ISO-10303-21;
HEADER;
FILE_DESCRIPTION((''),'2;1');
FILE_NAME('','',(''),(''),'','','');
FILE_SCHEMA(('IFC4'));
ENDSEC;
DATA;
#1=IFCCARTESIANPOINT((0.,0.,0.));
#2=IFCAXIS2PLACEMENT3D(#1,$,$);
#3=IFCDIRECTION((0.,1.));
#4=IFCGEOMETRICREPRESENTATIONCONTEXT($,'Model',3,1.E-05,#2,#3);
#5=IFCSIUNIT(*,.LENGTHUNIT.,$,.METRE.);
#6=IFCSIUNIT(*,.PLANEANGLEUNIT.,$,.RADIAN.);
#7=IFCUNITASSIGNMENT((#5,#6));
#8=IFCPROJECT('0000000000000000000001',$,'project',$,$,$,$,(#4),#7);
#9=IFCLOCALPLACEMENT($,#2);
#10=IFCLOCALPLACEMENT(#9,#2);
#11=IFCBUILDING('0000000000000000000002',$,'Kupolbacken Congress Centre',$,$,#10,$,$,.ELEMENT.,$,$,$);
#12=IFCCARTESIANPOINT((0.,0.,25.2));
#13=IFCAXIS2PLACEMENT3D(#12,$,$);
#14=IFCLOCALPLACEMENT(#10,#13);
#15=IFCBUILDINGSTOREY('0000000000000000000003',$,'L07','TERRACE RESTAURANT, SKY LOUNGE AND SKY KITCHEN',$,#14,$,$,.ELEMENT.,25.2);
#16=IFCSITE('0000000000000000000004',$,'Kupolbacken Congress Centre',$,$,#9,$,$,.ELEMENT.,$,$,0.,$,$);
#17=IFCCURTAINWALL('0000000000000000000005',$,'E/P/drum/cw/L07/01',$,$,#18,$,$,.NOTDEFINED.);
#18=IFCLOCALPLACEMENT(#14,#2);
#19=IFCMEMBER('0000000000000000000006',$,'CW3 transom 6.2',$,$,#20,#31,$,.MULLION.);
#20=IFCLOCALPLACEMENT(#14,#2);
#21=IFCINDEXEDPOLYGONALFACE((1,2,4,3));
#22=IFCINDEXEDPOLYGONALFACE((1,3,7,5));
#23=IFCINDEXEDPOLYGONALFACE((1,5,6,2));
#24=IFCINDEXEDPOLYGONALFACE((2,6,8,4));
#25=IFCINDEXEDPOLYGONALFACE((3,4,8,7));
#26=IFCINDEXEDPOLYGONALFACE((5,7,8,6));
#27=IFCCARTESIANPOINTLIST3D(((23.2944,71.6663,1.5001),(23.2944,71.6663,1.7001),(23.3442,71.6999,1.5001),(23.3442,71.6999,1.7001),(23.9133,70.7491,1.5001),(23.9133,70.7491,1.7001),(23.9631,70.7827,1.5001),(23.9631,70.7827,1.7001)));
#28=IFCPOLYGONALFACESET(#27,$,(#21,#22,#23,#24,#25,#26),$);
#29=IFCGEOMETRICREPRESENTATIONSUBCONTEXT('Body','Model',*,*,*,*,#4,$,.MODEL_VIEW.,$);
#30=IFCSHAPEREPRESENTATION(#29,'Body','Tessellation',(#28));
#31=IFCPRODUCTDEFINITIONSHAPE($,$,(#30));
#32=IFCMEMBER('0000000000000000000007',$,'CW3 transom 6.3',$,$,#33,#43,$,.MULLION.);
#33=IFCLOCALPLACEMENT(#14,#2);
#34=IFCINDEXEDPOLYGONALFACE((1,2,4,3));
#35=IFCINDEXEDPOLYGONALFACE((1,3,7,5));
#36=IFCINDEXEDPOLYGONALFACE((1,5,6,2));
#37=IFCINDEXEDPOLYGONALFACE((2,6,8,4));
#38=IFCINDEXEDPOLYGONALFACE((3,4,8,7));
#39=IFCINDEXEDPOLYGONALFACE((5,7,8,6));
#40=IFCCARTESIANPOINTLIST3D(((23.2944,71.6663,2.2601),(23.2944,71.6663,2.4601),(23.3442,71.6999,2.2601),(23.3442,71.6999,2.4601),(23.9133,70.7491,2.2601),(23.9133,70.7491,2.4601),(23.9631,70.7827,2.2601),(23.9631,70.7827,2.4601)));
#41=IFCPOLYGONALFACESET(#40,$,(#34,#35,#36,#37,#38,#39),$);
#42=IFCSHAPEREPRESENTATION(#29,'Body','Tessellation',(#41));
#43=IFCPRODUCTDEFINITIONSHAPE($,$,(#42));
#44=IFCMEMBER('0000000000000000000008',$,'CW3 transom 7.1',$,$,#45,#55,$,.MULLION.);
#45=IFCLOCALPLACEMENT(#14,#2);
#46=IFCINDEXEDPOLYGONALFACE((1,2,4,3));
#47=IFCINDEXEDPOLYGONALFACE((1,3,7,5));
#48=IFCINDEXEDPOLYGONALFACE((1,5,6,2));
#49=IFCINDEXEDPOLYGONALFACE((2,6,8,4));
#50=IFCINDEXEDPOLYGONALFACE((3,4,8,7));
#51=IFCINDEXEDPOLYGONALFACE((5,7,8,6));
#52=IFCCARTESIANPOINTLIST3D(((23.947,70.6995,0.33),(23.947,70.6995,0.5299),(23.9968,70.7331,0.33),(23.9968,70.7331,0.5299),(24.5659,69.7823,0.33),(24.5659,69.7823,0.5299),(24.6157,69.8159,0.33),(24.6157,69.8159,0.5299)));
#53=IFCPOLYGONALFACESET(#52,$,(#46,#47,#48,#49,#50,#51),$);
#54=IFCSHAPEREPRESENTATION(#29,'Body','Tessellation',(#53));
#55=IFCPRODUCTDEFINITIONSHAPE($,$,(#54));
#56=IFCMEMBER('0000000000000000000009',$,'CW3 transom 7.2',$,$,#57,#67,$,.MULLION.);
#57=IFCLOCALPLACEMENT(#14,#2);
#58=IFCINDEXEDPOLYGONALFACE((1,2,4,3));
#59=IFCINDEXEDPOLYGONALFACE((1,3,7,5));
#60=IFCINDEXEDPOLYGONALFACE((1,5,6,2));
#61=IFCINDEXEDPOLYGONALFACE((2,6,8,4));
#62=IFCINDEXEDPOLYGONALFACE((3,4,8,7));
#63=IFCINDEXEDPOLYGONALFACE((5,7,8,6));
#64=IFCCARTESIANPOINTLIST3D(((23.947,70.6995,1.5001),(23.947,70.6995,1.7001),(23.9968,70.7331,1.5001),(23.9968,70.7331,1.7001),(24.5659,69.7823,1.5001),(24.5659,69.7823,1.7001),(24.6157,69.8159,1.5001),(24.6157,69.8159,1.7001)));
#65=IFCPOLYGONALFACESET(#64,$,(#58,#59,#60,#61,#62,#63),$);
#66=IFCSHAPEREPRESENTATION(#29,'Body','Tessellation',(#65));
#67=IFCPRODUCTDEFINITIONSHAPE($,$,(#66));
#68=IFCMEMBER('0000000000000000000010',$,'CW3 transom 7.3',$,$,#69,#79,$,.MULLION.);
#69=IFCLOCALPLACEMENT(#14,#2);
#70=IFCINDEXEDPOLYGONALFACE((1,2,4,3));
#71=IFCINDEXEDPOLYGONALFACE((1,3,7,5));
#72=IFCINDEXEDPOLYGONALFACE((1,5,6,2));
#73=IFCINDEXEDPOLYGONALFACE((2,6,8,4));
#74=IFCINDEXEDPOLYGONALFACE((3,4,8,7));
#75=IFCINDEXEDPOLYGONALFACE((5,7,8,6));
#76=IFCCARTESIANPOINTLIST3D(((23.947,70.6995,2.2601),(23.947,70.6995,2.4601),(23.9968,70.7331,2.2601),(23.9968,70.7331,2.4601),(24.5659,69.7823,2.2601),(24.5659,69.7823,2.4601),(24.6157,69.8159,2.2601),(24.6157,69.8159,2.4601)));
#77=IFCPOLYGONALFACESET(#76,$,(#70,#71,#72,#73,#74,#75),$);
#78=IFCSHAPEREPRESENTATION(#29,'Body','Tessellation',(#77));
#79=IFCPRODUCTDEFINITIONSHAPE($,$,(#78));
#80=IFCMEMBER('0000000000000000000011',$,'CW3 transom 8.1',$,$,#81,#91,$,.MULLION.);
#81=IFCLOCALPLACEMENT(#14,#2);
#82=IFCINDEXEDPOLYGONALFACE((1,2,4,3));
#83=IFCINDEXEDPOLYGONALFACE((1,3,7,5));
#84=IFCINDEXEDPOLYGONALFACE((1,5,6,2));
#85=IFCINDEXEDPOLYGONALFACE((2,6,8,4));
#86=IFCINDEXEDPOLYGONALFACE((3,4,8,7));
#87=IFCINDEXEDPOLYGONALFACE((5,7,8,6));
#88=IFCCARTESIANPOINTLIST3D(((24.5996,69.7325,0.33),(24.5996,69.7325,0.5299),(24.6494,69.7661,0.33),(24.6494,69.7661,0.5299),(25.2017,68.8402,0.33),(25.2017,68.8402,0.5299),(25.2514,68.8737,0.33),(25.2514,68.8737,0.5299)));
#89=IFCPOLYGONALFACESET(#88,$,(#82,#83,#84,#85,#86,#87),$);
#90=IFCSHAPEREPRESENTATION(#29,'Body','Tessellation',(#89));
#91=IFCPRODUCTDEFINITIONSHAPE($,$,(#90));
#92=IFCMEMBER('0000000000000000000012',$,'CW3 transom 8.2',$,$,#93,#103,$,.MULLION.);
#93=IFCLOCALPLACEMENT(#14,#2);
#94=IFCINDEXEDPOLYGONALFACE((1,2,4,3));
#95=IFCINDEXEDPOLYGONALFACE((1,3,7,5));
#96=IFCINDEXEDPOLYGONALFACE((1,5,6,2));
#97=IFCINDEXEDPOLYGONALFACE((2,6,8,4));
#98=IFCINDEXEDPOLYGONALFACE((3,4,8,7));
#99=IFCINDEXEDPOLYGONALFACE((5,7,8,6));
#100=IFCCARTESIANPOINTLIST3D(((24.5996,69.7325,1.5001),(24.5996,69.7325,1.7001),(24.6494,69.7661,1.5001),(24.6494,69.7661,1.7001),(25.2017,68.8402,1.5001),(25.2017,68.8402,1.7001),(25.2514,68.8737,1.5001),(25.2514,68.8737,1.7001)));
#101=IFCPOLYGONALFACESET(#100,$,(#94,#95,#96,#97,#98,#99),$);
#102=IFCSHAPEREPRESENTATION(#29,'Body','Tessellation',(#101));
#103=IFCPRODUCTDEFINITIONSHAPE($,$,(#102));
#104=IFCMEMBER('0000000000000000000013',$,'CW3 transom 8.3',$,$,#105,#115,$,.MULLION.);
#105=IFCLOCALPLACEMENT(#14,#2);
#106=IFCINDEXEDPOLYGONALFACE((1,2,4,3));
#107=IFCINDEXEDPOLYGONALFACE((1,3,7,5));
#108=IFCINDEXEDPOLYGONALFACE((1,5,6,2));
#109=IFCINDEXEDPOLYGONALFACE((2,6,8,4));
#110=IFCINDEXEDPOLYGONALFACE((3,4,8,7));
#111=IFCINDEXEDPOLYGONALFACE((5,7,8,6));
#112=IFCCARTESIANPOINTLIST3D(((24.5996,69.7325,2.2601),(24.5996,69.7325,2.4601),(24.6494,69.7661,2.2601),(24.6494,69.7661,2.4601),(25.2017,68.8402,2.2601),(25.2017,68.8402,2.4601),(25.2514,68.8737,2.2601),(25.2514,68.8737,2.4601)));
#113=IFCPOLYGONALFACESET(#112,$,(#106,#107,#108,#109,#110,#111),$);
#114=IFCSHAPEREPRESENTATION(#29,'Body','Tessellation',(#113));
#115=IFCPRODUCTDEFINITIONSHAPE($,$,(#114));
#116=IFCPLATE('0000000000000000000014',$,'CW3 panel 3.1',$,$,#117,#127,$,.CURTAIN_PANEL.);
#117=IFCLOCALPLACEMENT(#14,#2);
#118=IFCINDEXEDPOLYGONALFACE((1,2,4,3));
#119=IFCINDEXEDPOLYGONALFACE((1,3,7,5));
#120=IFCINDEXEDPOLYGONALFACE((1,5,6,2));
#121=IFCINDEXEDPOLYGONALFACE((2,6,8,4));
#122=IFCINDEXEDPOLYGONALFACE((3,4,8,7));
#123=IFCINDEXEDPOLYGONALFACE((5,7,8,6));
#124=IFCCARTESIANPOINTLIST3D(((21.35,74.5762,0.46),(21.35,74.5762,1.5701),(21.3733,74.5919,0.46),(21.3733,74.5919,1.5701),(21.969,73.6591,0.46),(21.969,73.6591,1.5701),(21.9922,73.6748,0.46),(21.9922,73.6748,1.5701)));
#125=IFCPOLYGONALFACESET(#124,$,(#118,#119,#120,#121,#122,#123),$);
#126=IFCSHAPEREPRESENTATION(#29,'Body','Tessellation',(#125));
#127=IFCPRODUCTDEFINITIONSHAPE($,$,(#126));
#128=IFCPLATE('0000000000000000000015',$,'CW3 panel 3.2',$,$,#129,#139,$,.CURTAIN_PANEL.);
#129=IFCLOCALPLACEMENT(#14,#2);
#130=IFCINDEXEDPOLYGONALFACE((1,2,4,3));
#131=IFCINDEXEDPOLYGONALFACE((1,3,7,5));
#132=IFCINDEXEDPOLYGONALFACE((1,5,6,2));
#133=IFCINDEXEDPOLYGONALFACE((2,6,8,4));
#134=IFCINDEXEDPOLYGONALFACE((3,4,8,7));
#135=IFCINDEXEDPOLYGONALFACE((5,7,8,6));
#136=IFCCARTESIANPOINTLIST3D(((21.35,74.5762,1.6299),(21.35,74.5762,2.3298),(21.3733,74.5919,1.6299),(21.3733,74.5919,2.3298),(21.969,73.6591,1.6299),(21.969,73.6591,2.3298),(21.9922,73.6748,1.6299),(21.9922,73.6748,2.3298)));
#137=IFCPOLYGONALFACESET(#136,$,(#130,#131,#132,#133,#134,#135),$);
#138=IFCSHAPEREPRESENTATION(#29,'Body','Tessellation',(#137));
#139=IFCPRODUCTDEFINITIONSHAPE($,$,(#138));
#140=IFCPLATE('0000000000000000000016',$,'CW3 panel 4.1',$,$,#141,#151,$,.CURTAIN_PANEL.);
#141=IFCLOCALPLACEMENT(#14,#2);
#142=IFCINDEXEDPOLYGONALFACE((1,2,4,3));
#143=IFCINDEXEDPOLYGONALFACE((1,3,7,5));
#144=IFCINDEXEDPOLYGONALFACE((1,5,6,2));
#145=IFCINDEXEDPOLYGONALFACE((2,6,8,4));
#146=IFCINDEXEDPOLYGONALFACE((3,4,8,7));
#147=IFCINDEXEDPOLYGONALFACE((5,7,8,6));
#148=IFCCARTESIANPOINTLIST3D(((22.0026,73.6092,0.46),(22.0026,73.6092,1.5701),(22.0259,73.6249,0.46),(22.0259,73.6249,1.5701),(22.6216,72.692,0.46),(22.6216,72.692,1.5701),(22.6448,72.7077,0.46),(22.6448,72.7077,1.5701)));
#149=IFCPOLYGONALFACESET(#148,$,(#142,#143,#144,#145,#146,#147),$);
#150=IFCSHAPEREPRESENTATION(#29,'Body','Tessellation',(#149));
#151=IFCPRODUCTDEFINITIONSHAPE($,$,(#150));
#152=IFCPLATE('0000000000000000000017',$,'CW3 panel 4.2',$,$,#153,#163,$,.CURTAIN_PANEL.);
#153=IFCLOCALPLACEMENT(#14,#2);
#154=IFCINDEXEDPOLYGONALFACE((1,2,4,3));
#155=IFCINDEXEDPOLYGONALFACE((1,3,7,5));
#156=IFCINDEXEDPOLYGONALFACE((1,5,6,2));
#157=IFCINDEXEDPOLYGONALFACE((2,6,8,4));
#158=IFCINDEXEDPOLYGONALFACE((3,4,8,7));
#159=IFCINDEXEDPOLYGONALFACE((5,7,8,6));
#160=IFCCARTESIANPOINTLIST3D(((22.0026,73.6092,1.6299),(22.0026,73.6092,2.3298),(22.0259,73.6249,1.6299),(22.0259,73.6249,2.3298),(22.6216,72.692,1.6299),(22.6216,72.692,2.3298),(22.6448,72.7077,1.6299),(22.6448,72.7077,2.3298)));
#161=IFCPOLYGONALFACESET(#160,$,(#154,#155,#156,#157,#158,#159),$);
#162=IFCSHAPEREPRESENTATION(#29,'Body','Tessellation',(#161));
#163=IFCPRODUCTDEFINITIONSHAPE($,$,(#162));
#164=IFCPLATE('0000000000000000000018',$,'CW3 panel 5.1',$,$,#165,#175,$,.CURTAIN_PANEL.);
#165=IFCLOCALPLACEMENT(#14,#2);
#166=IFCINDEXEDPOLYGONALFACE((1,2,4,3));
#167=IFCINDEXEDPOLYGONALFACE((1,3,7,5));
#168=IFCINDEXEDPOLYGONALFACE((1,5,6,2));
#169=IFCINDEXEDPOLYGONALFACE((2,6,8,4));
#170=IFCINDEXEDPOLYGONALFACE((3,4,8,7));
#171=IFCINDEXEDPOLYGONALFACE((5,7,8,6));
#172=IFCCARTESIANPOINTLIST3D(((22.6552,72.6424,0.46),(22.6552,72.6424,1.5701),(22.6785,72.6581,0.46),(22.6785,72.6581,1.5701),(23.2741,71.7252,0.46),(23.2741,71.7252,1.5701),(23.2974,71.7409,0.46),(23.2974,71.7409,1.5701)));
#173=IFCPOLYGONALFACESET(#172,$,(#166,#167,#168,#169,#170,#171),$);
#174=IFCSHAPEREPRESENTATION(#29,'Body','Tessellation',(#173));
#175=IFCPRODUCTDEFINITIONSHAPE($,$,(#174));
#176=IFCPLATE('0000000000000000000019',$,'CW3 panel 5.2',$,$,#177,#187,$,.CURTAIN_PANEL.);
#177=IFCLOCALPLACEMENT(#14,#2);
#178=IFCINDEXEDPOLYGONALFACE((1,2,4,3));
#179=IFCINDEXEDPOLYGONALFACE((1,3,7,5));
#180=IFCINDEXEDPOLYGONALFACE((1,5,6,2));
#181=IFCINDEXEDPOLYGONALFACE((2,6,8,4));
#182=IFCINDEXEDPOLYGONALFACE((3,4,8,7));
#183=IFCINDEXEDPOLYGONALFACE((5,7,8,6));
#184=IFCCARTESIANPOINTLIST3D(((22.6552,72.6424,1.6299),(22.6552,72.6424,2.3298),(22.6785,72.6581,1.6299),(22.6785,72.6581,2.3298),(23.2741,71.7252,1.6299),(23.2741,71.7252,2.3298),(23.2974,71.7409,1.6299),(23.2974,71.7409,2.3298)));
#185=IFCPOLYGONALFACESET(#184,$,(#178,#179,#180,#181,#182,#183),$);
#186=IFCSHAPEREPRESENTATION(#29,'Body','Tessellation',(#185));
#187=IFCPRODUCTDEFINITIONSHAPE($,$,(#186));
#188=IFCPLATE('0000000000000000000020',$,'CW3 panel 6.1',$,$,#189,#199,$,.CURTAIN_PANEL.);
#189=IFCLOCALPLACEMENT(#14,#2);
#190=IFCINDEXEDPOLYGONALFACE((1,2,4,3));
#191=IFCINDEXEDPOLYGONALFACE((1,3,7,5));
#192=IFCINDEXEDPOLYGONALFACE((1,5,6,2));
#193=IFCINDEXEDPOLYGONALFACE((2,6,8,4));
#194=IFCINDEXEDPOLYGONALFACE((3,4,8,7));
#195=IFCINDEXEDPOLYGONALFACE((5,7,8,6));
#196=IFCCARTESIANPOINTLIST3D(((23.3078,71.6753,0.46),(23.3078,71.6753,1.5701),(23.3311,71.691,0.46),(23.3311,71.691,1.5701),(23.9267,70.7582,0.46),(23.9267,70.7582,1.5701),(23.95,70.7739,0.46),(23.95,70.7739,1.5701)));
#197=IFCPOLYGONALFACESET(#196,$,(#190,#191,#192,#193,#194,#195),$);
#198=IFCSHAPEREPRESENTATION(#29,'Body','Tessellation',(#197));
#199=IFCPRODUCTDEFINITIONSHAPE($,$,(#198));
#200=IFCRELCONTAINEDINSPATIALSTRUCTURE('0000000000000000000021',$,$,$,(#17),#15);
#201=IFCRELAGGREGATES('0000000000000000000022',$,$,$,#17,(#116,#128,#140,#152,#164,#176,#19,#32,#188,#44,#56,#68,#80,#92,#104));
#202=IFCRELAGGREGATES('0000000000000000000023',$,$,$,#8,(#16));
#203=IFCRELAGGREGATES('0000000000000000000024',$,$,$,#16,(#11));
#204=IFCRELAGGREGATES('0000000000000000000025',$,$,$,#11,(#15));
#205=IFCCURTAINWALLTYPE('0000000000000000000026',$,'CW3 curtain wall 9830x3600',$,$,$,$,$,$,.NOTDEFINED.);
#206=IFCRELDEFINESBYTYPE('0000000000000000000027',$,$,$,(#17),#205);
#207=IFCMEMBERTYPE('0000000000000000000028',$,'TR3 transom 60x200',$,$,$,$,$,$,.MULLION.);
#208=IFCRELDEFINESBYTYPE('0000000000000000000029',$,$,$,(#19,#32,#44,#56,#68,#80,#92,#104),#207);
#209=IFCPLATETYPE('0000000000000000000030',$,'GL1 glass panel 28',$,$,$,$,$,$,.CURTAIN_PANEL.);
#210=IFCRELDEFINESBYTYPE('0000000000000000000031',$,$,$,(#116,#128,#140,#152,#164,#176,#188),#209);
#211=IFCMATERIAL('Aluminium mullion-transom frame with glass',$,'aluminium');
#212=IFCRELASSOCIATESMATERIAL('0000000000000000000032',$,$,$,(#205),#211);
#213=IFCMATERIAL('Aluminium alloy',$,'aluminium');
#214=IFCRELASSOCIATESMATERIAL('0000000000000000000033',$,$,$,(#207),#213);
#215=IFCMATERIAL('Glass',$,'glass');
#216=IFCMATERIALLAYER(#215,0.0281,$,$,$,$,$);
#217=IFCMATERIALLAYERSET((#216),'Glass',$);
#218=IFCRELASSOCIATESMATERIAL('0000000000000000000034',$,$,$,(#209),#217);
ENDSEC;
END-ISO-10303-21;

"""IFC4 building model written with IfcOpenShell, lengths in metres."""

from ifc_helpers import new_model, si_unit, direction, frame, origin, origin_2d, place, context, subcontext, project, spatial, rectangle, extrude, material, layer, layer_set, material_profile, profile_set, type_object, element, aggregate, save


model = new_model("IFC4")

# Units and contexts
model_context = context("Model", 3, precision=1e-05, world=origin(), true_north=direction((0.0, 1.0)))
body_context = subcontext(model_context, "Body", "Model", "MODEL_VIEW")
ifc_project = project(units=[si_unit("LENGTHUNIT", "METRE"), si_unit("PLANEANGLEUNIT", "RADIAN")], contexts=[model_context])

# Site, building, storey
site_placement = place(None, origin())
site = spatial("IfcSite", under=ifc_project, at=site_placement, Name="Kupolbacken Congress Centre", CompositionType="ELEMENT", RefElevation=0.0)
building_placement = place(site_placement, origin())
building = spatial("IfcBuilding", under=site, at=building_placement, Name="Kupolbacken Congress Centre", CompositionType="ELEMENT")
storey_placement = place(building_placement, frame((0.0, 0.0, 25.2)))
storey = spatial("IfcBuildingStorey", under=building, at=storey_placement, Name="L07", Description="TERRACE RESTAURANT, SKY LOUNGE AND SKY KITCHEN", CompositionType="ELEMENT", Elevation=25.2)

# Curtain wall, members, plates
ifc_material_1 = material(Name="Aluminium mullion-transom frame with glass", Category="aluminium")
curtain_wall_type = type_object("IfcCurtainWallType", Name="CW3 curtain wall 9830x3600", PredefinedType="NOTDEFINED", material=ifc_material_1)
curtain_wall_placement = place(storey_placement, origin())
curtain_wall = element("IfcCurtainWall", 1, at=curtain_wall_placement, inside=storey, type_object=curtain_wall_type, Name="E/P/drum/cw/L07/01", PredefinedType="NOTDEFINED")
ifc_material_2 = material(Name="Aluminium alloy", Category="aluminium")
ifc_material_profile_1 = material_profile(ifc_material_2, rectangle(XDim=0.0601, YDim=0.2, at=origin_2d()), Name="60 x 200")
ifc_profile_set_1 = profile_set([ifc_material_profile_1], Name="Aluminium alloy")
member_type_1 = type_object("IfcMemberType", Name="TR3 transom 60x200", PredefinedType="MULLION", material=ifc_profile_set_1)
member_1_placement = place(storey_placement, frame((23.3193, 71.6831, 1.6001), z_axis=(0.559325, -0.828948, 0.0), x_axis=(0.828948, 0.559325, 0.0)))
member_1 = element("IfcMember", 2, at=member_1_placement, type_object=member_type_1, Name="CW3 transom 6.2", PredefinedType="MULLION", context=body_context, shape_type="SweptSolid", body=[
    extrude(rectangle(XDim=0.0601, YDim=0.2, at=origin_2d()), origin(), (0.0, 0.0, 1.0), 1.1064),
])
member_2_placement = place(storey_placement, frame((23.3193, 71.6831, 2.3601), z_axis=(0.559325, -0.828948, 0.0), x_axis=(0.828948, 0.559325, 0.0)))
member_2 = element("IfcMember", 3, at=member_2_placement, type_object=member_type_1, Name="CW3 transom 6.3", PredefinedType="MULLION", context=body_context, shape_type="SweptSolid", body=[
    extrude(rectangle(XDim=0.0601, YDim=0.2, at=origin_2d()), origin(), (0.0, 0.0, 1.0), 1.1064),
])
member_3_placement = place(storey_placement, frame((23.9719, 70.7163, 0.4299), z_axis=(0.559325, -0.828948, 0.0), x_axis=(0.828948, 0.559325, 0.0)))
member_3 = element("IfcMember", 4, at=member_3_placement, type_object=member_type_1, Name="CW3 transom 7.1", PredefinedType="MULLION", context=body_context, shape_type="SweptSolid", body=[
    extrude(rectangle(XDim=0.0601, YDim=0.2, at=origin_2d()), origin(), (0.0, 0.0, 1.0), 1.1064),
])
member_4_placement = place(storey_placement, frame((23.9719, 70.7163, 1.6001), z_axis=(0.559325, -0.828948, 0.0), x_axis=(0.828948, 0.559325, 0.0)))
member_4 = element("IfcMember", 5, at=member_4_placement, type_object=member_type_1, Name="CW3 transom 7.2", PredefinedType="MULLION", context=body_context, shape_type="SweptSolid", body=[
    extrude(rectangle(XDim=0.0601, YDim=0.2, at=origin_2d()), origin(), (0.0, 0.0, 1.0), 1.1064),
])
member_5_placement = place(storey_placement, frame((23.9719, 70.7163, 2.3601), z_axis=(0.559325, -0.828948, 0.0), x_axis=(0.828948, 0.559325, 0.0)))
member_5 = element("IfcMember", 6, at=member_5_placement, type_object=member_type_1, Name="CW3 transom 7.3", PredefinedType="MULLION", context=body_context, shape_type="SweptSolid", body=[
    extrude(rectangle(XDim=0.0601, YDim=0.2, at=origin_2d()), origin(), (0.0, 0.0, 1.0), 1.1064),
])
member_6_placement = place(storey_placement, frame((24.6245, 69.7493, 0.4299), z_axis=(0.559298, -0.828967, 0.0), x_axis=(0.828967, 0.559298, 0.0)))
member_6 = element("IfcMember", 7, at=member_6_placement, type_object=member_type_1, Name="CW3 transom 8.1", PredefinedType="MULLION", context=body_context, shape_type="SweptSolid", body=[
    extrude(rectangle(XDim=0.0601, YDim=0.2, at=origin_2d()), origin(), (0.0, 0.0, 1.0), 1.0764),
])
member_7_placement = place(storey_placement, frame((24.6245, 69.7493, 1.6001), z_axis=(0.559298, -0.828967, 0.0), x_axis=(0.828967, 0.559298, 0.0)))
member_7 = element("IfcMember", 8, at=member_7_placement, type_object=member_type_1, Name="CW3 transom 8.2", PredefinedType="MULLION", context=body_context, shape_type="SweptSolid", body=[
    extrude(rectangle(XDim=0.0601, YDim=0.2, at=origin_2d()), origin(), (0.0, 0.0, 1.0), 1.0764),
])
member_8_placement = place(storey_placement, frame((24.6245, 69.7493, 2.3601), z_axis=(0.559298, -0.828967, 0.0), x_axis=(0.828967, 0.559298, 0.0)))
member_8 = element("IfcMember", 9, at=member_8_placement, type_object=member_type_1, Name="CW3 transom 8.3", PredefinedType="MULLION", context=body_context, shape_type="SweptSolid", body=[
    extrude(rectangle(XDim=0.0601, YDim=0.2, at=origin_2d()), origin(), (0.0, 0.0, 1.0), 1.0764),
])
ifc_material_3 = material(Name="Glass", Category="glass")
ifc_layer_1 = layer(ifc_material_3, 0.0281)
ifc_layer_set_1 = layer_set([ifc_layer_1], Name="Glass")
plate_type = type_object("IfcPlateType", Name="GL1 glass panel 28", PredefinedType="CURTAIN_PANEL", material=ifc_layer_set_1)
plate_1_placement = place(storey_placement, frame((21.6711, 74.1255, 0.46), z_axis=(0.0, 0.0, 1.0), x_axis=(0.559386, -0.828908, 0.0)))
plate_1 = element("IfcPlate", 10, at=plate_1_placement, type_object=plate_type, Name="CW3 panel 3.1", PredefinedType="CURTAIN_PANEL", context=body_context, shape_type="SweptSolid", body=[
    extrude(rectangle(XDim=1.1064, YDim=0.0281, at=origin_2d()), origin(), (0.0, 0.0, 1.0), 1.1101),
])
plate_2_placement = place(storey_placement, frame((21.6711, 74.1255, 1.6299), z_axis=(0.0, 0.0, 1.0), x_axis=(0.559386, -0.828908, 0.0)))
plate_2 = element("IfcPlate", 11, at=plate_2_placement, type_object=plate_type, Name="CW3 panel 3.2", PredefinedType="CURTAIN_PANEL", context=body_context, shape_type="SweptSolid", body=[
    extrude(rectangle(XDim=1.1064, YDim=0.0281, at=origin_2d()), origin(), (0.0, 0.0, 1.0), 0.7),
])
plate_3_placement = place(storey_placement, frame((22.3237, 73.1584, 0.46), z_axis=(0.0, 0.0, 1.0), x_axis=(0.559386, -0.828908, 0.0)))
plate_3 = element("IfcPlate", 12, at=plate_3_placement, type_object=plate_type, Name="CW3 panel 4.1", PredefinedType="CURTAIN_PANEL", context=body_context, shape_type="SweptSolid", body=[
    extrude(rectangle(XDim=1.1064, YDim=0.0281, at=origin_2d()), origin(), (0.0, 0.0, 1.0), 1.1101),
])
plate_4_placement = place(storey_placement, frame((22.3237, 73.1584, 1.6299), z_axis=(0.0, 0.0, 1.0), x_axis=(0.559386, -0.828908, 0.0)))
plate_4 = element("IfcPlate", 13, at=plate_4_placement, type_object=plate_type, Name="CW3 panel 4.2", PredefinedType="CURTAIN_PANEL", context=body_context, shape_type="SweptSolid", body=[
    extrude(rectangle(XDim=1.1064, YDim=0.0281, at=origin_2d()), origin(), (0.0, 0.0, 1.0), 0.7),
])
plate_5_placement = place(storey_placement, frame((22.9763, 72.1917, 0.46), z_axis=(0.0, 0.0, 1.0), x_axis=(0.559386, -0.828908, 0.0)))
plate_5 = element("IfcPlate", 14, at=plate_5_placement, type_object=plate_type, Name="CW3 panel 5.1", PredefinedType="CURTAIN_PANEL", context=body_context, shape_type="SweptSolid", body=[
    extrude(rectangle(XDim=1.1064, YDim=0.0281, at=origin_2d()), origin(), (0.0, 0.0, 1.0), 1.1101),
])
plate_6_placement = place(storey_placement, frame((22.9763, 72.1917, 1.6299), z_axis=(0.0, 0.0, 1.0), x_axis=(0.559386, -0.828908, 0.0)))
plate_6 = element("IfcPlate", 15, at=plate_6_placement, type_object=plate_type, Name="CW3 panel 5.2", PredefinedType="CURTAIN_PANEL", context=body_context, shape_type="SweptSolid", body=[
    extrude(rectangle(XDim=1.1064, YDim=0.0281, at=origin_2d()), origin(), (0.0, 0.0, 1.0), 0.7),
])
plate_7_placement = place(storey_placement, frame((23.6289, 71.2246, 0.46), z_axis=(0.0, 0.0, 1.0), x_axis=(0.559386, -0.828908, 0.0)))
plate_7 = element("IfcPlate", 16, at=plate_7_placement, type_object=plate_type, Name="CW3 panel 6.1", PredefinedType="CURTAIN_PANEL", context=body_context, shape_type="SweptSolid", body=[
    extrude(rectangle(XDim=1.1064, YDim=0.0281, at=origin_2d()), origin(), (0.0, 0.0, 1.0), 1.1101),
])
aggregate(curtain_wall, [plate_1, plate_2, plate_3, plate_4, plate_5, plate_6, member_1, member_2, plate_7, member_3, member_4, member_5, member_6, member_7, member_8])

save(model, "model.ifc")
